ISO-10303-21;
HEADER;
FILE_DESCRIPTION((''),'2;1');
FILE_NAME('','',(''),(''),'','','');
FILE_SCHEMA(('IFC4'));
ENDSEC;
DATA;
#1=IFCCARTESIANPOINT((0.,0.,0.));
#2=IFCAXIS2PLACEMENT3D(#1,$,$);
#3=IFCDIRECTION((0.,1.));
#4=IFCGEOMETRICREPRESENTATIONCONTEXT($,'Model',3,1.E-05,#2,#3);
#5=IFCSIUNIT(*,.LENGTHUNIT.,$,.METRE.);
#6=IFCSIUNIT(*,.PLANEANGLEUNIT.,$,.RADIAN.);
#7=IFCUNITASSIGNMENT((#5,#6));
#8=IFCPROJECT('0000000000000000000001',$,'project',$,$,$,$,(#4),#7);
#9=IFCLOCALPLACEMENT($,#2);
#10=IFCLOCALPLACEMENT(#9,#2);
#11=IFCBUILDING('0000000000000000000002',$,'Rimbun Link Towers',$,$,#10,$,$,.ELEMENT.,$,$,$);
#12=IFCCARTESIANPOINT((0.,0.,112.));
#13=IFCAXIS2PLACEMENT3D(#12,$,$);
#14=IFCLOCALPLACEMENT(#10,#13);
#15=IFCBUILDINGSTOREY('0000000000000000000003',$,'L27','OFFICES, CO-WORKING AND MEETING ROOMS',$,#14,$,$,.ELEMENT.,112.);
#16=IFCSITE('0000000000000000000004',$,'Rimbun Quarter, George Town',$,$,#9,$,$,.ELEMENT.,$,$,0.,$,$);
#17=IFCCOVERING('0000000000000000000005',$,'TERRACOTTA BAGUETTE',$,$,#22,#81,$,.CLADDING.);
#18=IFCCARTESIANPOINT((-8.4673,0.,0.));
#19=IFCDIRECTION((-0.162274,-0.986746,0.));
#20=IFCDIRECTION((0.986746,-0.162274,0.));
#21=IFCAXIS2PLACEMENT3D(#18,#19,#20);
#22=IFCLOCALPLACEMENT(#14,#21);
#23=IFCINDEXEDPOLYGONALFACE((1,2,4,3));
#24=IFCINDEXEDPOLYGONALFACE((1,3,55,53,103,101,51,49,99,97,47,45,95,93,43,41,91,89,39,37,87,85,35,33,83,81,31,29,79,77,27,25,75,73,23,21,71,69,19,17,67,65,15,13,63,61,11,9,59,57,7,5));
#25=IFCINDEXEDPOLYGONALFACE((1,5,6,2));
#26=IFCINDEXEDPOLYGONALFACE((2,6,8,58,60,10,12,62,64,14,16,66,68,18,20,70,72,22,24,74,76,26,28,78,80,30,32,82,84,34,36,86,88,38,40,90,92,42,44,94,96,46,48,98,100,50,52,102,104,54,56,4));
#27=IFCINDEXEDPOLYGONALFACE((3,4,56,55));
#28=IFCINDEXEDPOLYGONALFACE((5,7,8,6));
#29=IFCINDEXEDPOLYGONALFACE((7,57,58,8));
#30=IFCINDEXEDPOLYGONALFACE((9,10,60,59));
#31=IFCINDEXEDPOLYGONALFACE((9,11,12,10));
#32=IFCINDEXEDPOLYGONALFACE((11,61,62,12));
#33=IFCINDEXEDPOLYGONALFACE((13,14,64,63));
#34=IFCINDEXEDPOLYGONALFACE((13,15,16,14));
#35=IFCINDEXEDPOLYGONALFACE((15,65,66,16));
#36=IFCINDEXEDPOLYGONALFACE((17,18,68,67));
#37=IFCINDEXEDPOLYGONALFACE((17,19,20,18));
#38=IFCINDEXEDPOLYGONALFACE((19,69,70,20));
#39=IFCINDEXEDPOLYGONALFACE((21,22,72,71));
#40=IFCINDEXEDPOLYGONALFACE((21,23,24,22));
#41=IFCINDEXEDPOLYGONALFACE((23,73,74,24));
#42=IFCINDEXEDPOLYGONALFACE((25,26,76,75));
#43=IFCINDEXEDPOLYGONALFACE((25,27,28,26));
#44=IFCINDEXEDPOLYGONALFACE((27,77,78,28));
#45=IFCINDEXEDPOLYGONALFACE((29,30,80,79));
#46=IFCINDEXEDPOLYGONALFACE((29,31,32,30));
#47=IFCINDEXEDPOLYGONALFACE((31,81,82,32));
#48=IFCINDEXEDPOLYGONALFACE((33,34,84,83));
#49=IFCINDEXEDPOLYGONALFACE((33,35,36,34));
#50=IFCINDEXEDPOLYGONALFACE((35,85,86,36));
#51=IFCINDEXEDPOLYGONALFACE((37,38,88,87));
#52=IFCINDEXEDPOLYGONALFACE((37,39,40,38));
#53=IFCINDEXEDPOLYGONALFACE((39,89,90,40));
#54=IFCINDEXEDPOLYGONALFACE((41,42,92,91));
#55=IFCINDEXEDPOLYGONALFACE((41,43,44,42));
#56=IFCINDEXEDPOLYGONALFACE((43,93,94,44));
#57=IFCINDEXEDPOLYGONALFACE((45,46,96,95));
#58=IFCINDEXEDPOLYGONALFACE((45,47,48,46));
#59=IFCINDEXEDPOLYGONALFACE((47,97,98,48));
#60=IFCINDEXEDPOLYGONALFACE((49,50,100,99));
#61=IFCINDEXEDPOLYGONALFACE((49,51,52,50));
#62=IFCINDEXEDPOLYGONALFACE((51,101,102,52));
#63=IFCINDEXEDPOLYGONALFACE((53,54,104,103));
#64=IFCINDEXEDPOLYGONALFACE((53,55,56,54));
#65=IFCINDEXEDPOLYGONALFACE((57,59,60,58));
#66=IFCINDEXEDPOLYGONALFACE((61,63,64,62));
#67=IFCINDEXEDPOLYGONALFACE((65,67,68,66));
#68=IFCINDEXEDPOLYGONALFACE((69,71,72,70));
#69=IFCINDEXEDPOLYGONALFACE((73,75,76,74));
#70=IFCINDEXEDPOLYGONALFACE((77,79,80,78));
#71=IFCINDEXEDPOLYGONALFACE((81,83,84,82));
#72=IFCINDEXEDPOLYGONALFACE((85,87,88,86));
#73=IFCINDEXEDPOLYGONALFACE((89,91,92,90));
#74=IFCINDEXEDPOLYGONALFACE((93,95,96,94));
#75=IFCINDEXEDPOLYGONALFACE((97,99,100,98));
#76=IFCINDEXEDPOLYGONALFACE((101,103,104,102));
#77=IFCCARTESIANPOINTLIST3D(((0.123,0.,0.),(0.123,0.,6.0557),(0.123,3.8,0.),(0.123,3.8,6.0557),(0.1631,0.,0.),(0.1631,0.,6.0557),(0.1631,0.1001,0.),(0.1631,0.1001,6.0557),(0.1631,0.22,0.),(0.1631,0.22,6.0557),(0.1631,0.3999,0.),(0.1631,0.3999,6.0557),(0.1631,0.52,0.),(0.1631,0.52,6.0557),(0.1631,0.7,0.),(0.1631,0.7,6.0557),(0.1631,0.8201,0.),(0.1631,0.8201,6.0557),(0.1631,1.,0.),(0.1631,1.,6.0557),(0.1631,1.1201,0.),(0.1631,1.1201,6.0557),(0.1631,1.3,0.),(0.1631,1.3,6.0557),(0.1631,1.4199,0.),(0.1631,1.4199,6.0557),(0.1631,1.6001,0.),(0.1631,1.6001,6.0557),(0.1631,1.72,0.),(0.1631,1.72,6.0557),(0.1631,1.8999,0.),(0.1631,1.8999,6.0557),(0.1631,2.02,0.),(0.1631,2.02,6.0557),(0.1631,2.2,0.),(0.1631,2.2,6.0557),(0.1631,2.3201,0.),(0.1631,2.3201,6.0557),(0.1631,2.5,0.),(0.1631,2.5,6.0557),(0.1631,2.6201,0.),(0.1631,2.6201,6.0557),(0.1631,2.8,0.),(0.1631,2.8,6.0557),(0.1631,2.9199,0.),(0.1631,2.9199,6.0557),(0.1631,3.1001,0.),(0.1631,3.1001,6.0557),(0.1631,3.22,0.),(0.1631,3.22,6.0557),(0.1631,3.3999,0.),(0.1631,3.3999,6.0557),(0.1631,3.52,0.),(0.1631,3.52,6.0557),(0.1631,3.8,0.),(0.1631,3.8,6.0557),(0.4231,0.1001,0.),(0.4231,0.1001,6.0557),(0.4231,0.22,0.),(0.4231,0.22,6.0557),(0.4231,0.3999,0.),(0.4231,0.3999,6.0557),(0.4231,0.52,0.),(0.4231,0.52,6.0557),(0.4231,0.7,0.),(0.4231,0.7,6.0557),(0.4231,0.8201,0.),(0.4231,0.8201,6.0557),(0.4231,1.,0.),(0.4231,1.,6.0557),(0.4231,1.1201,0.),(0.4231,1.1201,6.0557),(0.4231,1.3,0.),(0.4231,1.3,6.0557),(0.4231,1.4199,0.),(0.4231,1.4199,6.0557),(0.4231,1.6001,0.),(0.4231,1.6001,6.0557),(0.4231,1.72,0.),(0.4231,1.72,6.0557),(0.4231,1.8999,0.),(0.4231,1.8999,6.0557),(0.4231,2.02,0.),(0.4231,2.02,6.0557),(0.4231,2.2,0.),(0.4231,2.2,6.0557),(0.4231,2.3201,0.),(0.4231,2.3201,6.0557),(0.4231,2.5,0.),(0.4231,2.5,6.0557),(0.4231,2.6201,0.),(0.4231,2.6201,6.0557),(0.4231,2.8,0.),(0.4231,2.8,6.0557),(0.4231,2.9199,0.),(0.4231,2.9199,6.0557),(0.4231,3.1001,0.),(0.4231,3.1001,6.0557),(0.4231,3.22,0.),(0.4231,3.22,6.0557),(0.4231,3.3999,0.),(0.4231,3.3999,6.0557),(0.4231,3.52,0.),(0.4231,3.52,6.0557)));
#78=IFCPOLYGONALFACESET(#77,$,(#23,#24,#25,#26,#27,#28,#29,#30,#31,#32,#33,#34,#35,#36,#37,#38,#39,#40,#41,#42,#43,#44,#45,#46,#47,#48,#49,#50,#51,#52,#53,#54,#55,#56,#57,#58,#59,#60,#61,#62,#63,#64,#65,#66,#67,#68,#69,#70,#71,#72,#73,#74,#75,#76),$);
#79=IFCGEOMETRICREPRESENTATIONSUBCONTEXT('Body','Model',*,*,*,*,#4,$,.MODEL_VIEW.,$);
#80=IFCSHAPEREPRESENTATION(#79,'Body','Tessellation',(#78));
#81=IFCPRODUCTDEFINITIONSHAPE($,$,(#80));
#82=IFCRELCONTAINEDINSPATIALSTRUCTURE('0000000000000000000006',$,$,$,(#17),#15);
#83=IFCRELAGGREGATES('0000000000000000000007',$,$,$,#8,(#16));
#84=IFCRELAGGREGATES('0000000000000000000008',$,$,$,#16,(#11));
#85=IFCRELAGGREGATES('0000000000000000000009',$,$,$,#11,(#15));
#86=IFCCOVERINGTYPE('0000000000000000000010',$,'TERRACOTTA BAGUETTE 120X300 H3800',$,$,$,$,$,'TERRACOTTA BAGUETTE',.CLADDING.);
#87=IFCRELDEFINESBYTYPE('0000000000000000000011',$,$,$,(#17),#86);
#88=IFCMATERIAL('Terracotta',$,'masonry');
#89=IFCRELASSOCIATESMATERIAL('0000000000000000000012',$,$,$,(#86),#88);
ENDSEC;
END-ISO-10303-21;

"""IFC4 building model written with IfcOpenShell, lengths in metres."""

from ifc_helpers import new_model, si_unit, direction, frame, origin, place, context, subcontext, project, spatial, polyline, outline, extrude, material, material_profile, profile_set, type_object, element, save


model = new_model("IFC4")

# Units and contexts
model_context = context("Model", 3, precision=1e-05, world=origin(), true_north=direction((0.0, 1.0)))
body_context = subcontext(model_context, "Body", "Model", "MODEL_VIEW")
ifc_project = project(units=[si_unit("LENGTHUNIT", "METRE"), si_unit("PLANEANGLEUNIT", "RADIAN")], contexts=[model_context])

# Site, building, storey
site_placement = place(None, origin())
site = spatial("IfcSite", under=ifc_project, at=site_placement, Name="Rimbun Quarter, George Town", CompositionType="ELEMENT", RefElevation=0.0)
building_placement = place(site_placement, origin())
building = spatial("IfcBuilding", under=site, at=building_placement, Name="Rimbun Link Towers", CompositionType="ELEMENT")
storey_placement = place(building_placement, frame((0.0, 0.0, 112.0)))
storey = spatial("IfcBuildingStorey", under=building, at=storey_placement, Name="L27", Description="OFFICES, CO-WORKING AND MEETING ROOMS", CompositionType="ELEMENT", Elevation=112.0)

# Covering
ifc_material_1 = material(Name="Terracotta", Category="masonry")
ifc_material_profile_1 = material_profile(ifc_material_1, outline(polyline([(0.123, 0.0), (0.1631, 0.0), (0.1631, 0.1001), (0.4231, 0.1001), (0.4231, 0.22), (0.1631, 0.22), (0.1631, 0.3999), (0.4231, 0.3999), (0.4231, 0.52), (0.1631, 0.52), (0.1631, 0.7), (0.4231, 0.7), (0.4231, 0.8201), (0.1631, 0.8201), (0.1631, 1.0), (0.4231, 1.0), (0.4231, 1.1201), (0.1631, 1.1201), (0.1631, 1.3), (0.4231, 1.3), (0.4231, 1.4199), (0.1631, 1.4199), (0.1631, 1.6001), (0.4231, 1.6001), (0.4231, 1.72), (0.1631, 1.72), (0.1631, 1.8999), (0.4231, 1.8999), (0.4231, 2.02), (0.1631, 2.02), (0.1631, 2.2), (0.4231, 2.2), (0.4231, 2.3201), (0.1631, 2.3201), (0.1631, 2.5), (0.4231, 2.5), (0.4231, 2.6201), (0.1631, 2.6201), (0.1631, 2.8), (0.4231, 2.8), (0.4231, 2.9199), (0.1631, 2.9199), (0.1631, 3.1001), (0.4231, 3.1001), (0.4231, 3.22), (0.1631, 3.22), (0.1631, 3.3999), (0.4231, 3.3999), (0.4231, 3.52), (0.1631, 3.52), (0.1631, 3.8), (0.123, 3.8), (0.123, 0.0)])), Name="BAGUETTE 120X300")
ifc_profile_set_1 = profile_set([ifc_material_profile_1], Name="Terracotta")
covering_type = type_object("IfcCoveringType", Name="TERRACOTTA BAGUETTE 120X300 H3800", ElementType="TERRACOTTA BAGUETTE", PredefinedType="CLADDING", material=ifc_profile_set_1)
covering_1_placement = place(storey_placement, frame((-8.4673, 0.0, 0.0), z_axis=(-0.162274, -0.986746, 0.0), x_axis=(0.986746, -0.162274, 0.0)))
element("IfcCovering", 1, at=covering_1_placement, inside=storey, type_object=covering_type, Name="TERRACOTTA BAGUETTE", PredefinedType="CLADDING", context=body_context, shape_type="SweptSolid", body=[
    extrude(outline(polyline([(0.123, 0.0), (0.1631, 0.0), (0.1631, 0.1001), (0.4231, 0.1001), (0.4231, 0.22), (0.1631, 0.22), (0.1631, 0.3999), (0.4231, 0.3999), (0.4231, 0.52), (0.1631, 0.52), (0.1631, 0.7), (0.4231, 0.7), (0.4231, 0.8201), (0.1631, 0.8201), (0.1631, 1.0), (0.4231, 1.0), (0.4231, 1.1201), (0.1631, 1.1201), (0.1631, 1.3), (0.4231, 1.3), (0.4231, 1.4199), (0.1631, 1.4199), (0.1631, 1.6001), (0.4231, 1.6001), (0.4231, 1.72), (0.1631, 1.72), (0.1631, 1.8999), (0.4231, 1.8999), (0.4231, 2.02), (0.1631, 2.02), (0.1631, 2.2), (0.4231, 2.2), (0.4231, 2.3201), (0.1631, 2.3201), (0.1631, 2.5), (0.4231, 2.5), (0.4231, 2.6201), (0.1631, 2.6201), (0.1631, 2.8), (0.4231, 2.8), (0.4231, 2.9199), (0.1631, 2.9199), (0.1631, 3.1001), (0.4231, 3.1001), (0.4231, 3.22), (0.1631, 3.22), (0.1631, 3.3999), (0.4231, 3.3999), (0.4231, 3.52), (0.1631, 3.52), (0.1631, 3.8), (0.123, 3.8), (0.123, 0.0)])), origin(), (0.0, 0.0, 1.0), 6.0557),
])

save(model, "model.ifc")
